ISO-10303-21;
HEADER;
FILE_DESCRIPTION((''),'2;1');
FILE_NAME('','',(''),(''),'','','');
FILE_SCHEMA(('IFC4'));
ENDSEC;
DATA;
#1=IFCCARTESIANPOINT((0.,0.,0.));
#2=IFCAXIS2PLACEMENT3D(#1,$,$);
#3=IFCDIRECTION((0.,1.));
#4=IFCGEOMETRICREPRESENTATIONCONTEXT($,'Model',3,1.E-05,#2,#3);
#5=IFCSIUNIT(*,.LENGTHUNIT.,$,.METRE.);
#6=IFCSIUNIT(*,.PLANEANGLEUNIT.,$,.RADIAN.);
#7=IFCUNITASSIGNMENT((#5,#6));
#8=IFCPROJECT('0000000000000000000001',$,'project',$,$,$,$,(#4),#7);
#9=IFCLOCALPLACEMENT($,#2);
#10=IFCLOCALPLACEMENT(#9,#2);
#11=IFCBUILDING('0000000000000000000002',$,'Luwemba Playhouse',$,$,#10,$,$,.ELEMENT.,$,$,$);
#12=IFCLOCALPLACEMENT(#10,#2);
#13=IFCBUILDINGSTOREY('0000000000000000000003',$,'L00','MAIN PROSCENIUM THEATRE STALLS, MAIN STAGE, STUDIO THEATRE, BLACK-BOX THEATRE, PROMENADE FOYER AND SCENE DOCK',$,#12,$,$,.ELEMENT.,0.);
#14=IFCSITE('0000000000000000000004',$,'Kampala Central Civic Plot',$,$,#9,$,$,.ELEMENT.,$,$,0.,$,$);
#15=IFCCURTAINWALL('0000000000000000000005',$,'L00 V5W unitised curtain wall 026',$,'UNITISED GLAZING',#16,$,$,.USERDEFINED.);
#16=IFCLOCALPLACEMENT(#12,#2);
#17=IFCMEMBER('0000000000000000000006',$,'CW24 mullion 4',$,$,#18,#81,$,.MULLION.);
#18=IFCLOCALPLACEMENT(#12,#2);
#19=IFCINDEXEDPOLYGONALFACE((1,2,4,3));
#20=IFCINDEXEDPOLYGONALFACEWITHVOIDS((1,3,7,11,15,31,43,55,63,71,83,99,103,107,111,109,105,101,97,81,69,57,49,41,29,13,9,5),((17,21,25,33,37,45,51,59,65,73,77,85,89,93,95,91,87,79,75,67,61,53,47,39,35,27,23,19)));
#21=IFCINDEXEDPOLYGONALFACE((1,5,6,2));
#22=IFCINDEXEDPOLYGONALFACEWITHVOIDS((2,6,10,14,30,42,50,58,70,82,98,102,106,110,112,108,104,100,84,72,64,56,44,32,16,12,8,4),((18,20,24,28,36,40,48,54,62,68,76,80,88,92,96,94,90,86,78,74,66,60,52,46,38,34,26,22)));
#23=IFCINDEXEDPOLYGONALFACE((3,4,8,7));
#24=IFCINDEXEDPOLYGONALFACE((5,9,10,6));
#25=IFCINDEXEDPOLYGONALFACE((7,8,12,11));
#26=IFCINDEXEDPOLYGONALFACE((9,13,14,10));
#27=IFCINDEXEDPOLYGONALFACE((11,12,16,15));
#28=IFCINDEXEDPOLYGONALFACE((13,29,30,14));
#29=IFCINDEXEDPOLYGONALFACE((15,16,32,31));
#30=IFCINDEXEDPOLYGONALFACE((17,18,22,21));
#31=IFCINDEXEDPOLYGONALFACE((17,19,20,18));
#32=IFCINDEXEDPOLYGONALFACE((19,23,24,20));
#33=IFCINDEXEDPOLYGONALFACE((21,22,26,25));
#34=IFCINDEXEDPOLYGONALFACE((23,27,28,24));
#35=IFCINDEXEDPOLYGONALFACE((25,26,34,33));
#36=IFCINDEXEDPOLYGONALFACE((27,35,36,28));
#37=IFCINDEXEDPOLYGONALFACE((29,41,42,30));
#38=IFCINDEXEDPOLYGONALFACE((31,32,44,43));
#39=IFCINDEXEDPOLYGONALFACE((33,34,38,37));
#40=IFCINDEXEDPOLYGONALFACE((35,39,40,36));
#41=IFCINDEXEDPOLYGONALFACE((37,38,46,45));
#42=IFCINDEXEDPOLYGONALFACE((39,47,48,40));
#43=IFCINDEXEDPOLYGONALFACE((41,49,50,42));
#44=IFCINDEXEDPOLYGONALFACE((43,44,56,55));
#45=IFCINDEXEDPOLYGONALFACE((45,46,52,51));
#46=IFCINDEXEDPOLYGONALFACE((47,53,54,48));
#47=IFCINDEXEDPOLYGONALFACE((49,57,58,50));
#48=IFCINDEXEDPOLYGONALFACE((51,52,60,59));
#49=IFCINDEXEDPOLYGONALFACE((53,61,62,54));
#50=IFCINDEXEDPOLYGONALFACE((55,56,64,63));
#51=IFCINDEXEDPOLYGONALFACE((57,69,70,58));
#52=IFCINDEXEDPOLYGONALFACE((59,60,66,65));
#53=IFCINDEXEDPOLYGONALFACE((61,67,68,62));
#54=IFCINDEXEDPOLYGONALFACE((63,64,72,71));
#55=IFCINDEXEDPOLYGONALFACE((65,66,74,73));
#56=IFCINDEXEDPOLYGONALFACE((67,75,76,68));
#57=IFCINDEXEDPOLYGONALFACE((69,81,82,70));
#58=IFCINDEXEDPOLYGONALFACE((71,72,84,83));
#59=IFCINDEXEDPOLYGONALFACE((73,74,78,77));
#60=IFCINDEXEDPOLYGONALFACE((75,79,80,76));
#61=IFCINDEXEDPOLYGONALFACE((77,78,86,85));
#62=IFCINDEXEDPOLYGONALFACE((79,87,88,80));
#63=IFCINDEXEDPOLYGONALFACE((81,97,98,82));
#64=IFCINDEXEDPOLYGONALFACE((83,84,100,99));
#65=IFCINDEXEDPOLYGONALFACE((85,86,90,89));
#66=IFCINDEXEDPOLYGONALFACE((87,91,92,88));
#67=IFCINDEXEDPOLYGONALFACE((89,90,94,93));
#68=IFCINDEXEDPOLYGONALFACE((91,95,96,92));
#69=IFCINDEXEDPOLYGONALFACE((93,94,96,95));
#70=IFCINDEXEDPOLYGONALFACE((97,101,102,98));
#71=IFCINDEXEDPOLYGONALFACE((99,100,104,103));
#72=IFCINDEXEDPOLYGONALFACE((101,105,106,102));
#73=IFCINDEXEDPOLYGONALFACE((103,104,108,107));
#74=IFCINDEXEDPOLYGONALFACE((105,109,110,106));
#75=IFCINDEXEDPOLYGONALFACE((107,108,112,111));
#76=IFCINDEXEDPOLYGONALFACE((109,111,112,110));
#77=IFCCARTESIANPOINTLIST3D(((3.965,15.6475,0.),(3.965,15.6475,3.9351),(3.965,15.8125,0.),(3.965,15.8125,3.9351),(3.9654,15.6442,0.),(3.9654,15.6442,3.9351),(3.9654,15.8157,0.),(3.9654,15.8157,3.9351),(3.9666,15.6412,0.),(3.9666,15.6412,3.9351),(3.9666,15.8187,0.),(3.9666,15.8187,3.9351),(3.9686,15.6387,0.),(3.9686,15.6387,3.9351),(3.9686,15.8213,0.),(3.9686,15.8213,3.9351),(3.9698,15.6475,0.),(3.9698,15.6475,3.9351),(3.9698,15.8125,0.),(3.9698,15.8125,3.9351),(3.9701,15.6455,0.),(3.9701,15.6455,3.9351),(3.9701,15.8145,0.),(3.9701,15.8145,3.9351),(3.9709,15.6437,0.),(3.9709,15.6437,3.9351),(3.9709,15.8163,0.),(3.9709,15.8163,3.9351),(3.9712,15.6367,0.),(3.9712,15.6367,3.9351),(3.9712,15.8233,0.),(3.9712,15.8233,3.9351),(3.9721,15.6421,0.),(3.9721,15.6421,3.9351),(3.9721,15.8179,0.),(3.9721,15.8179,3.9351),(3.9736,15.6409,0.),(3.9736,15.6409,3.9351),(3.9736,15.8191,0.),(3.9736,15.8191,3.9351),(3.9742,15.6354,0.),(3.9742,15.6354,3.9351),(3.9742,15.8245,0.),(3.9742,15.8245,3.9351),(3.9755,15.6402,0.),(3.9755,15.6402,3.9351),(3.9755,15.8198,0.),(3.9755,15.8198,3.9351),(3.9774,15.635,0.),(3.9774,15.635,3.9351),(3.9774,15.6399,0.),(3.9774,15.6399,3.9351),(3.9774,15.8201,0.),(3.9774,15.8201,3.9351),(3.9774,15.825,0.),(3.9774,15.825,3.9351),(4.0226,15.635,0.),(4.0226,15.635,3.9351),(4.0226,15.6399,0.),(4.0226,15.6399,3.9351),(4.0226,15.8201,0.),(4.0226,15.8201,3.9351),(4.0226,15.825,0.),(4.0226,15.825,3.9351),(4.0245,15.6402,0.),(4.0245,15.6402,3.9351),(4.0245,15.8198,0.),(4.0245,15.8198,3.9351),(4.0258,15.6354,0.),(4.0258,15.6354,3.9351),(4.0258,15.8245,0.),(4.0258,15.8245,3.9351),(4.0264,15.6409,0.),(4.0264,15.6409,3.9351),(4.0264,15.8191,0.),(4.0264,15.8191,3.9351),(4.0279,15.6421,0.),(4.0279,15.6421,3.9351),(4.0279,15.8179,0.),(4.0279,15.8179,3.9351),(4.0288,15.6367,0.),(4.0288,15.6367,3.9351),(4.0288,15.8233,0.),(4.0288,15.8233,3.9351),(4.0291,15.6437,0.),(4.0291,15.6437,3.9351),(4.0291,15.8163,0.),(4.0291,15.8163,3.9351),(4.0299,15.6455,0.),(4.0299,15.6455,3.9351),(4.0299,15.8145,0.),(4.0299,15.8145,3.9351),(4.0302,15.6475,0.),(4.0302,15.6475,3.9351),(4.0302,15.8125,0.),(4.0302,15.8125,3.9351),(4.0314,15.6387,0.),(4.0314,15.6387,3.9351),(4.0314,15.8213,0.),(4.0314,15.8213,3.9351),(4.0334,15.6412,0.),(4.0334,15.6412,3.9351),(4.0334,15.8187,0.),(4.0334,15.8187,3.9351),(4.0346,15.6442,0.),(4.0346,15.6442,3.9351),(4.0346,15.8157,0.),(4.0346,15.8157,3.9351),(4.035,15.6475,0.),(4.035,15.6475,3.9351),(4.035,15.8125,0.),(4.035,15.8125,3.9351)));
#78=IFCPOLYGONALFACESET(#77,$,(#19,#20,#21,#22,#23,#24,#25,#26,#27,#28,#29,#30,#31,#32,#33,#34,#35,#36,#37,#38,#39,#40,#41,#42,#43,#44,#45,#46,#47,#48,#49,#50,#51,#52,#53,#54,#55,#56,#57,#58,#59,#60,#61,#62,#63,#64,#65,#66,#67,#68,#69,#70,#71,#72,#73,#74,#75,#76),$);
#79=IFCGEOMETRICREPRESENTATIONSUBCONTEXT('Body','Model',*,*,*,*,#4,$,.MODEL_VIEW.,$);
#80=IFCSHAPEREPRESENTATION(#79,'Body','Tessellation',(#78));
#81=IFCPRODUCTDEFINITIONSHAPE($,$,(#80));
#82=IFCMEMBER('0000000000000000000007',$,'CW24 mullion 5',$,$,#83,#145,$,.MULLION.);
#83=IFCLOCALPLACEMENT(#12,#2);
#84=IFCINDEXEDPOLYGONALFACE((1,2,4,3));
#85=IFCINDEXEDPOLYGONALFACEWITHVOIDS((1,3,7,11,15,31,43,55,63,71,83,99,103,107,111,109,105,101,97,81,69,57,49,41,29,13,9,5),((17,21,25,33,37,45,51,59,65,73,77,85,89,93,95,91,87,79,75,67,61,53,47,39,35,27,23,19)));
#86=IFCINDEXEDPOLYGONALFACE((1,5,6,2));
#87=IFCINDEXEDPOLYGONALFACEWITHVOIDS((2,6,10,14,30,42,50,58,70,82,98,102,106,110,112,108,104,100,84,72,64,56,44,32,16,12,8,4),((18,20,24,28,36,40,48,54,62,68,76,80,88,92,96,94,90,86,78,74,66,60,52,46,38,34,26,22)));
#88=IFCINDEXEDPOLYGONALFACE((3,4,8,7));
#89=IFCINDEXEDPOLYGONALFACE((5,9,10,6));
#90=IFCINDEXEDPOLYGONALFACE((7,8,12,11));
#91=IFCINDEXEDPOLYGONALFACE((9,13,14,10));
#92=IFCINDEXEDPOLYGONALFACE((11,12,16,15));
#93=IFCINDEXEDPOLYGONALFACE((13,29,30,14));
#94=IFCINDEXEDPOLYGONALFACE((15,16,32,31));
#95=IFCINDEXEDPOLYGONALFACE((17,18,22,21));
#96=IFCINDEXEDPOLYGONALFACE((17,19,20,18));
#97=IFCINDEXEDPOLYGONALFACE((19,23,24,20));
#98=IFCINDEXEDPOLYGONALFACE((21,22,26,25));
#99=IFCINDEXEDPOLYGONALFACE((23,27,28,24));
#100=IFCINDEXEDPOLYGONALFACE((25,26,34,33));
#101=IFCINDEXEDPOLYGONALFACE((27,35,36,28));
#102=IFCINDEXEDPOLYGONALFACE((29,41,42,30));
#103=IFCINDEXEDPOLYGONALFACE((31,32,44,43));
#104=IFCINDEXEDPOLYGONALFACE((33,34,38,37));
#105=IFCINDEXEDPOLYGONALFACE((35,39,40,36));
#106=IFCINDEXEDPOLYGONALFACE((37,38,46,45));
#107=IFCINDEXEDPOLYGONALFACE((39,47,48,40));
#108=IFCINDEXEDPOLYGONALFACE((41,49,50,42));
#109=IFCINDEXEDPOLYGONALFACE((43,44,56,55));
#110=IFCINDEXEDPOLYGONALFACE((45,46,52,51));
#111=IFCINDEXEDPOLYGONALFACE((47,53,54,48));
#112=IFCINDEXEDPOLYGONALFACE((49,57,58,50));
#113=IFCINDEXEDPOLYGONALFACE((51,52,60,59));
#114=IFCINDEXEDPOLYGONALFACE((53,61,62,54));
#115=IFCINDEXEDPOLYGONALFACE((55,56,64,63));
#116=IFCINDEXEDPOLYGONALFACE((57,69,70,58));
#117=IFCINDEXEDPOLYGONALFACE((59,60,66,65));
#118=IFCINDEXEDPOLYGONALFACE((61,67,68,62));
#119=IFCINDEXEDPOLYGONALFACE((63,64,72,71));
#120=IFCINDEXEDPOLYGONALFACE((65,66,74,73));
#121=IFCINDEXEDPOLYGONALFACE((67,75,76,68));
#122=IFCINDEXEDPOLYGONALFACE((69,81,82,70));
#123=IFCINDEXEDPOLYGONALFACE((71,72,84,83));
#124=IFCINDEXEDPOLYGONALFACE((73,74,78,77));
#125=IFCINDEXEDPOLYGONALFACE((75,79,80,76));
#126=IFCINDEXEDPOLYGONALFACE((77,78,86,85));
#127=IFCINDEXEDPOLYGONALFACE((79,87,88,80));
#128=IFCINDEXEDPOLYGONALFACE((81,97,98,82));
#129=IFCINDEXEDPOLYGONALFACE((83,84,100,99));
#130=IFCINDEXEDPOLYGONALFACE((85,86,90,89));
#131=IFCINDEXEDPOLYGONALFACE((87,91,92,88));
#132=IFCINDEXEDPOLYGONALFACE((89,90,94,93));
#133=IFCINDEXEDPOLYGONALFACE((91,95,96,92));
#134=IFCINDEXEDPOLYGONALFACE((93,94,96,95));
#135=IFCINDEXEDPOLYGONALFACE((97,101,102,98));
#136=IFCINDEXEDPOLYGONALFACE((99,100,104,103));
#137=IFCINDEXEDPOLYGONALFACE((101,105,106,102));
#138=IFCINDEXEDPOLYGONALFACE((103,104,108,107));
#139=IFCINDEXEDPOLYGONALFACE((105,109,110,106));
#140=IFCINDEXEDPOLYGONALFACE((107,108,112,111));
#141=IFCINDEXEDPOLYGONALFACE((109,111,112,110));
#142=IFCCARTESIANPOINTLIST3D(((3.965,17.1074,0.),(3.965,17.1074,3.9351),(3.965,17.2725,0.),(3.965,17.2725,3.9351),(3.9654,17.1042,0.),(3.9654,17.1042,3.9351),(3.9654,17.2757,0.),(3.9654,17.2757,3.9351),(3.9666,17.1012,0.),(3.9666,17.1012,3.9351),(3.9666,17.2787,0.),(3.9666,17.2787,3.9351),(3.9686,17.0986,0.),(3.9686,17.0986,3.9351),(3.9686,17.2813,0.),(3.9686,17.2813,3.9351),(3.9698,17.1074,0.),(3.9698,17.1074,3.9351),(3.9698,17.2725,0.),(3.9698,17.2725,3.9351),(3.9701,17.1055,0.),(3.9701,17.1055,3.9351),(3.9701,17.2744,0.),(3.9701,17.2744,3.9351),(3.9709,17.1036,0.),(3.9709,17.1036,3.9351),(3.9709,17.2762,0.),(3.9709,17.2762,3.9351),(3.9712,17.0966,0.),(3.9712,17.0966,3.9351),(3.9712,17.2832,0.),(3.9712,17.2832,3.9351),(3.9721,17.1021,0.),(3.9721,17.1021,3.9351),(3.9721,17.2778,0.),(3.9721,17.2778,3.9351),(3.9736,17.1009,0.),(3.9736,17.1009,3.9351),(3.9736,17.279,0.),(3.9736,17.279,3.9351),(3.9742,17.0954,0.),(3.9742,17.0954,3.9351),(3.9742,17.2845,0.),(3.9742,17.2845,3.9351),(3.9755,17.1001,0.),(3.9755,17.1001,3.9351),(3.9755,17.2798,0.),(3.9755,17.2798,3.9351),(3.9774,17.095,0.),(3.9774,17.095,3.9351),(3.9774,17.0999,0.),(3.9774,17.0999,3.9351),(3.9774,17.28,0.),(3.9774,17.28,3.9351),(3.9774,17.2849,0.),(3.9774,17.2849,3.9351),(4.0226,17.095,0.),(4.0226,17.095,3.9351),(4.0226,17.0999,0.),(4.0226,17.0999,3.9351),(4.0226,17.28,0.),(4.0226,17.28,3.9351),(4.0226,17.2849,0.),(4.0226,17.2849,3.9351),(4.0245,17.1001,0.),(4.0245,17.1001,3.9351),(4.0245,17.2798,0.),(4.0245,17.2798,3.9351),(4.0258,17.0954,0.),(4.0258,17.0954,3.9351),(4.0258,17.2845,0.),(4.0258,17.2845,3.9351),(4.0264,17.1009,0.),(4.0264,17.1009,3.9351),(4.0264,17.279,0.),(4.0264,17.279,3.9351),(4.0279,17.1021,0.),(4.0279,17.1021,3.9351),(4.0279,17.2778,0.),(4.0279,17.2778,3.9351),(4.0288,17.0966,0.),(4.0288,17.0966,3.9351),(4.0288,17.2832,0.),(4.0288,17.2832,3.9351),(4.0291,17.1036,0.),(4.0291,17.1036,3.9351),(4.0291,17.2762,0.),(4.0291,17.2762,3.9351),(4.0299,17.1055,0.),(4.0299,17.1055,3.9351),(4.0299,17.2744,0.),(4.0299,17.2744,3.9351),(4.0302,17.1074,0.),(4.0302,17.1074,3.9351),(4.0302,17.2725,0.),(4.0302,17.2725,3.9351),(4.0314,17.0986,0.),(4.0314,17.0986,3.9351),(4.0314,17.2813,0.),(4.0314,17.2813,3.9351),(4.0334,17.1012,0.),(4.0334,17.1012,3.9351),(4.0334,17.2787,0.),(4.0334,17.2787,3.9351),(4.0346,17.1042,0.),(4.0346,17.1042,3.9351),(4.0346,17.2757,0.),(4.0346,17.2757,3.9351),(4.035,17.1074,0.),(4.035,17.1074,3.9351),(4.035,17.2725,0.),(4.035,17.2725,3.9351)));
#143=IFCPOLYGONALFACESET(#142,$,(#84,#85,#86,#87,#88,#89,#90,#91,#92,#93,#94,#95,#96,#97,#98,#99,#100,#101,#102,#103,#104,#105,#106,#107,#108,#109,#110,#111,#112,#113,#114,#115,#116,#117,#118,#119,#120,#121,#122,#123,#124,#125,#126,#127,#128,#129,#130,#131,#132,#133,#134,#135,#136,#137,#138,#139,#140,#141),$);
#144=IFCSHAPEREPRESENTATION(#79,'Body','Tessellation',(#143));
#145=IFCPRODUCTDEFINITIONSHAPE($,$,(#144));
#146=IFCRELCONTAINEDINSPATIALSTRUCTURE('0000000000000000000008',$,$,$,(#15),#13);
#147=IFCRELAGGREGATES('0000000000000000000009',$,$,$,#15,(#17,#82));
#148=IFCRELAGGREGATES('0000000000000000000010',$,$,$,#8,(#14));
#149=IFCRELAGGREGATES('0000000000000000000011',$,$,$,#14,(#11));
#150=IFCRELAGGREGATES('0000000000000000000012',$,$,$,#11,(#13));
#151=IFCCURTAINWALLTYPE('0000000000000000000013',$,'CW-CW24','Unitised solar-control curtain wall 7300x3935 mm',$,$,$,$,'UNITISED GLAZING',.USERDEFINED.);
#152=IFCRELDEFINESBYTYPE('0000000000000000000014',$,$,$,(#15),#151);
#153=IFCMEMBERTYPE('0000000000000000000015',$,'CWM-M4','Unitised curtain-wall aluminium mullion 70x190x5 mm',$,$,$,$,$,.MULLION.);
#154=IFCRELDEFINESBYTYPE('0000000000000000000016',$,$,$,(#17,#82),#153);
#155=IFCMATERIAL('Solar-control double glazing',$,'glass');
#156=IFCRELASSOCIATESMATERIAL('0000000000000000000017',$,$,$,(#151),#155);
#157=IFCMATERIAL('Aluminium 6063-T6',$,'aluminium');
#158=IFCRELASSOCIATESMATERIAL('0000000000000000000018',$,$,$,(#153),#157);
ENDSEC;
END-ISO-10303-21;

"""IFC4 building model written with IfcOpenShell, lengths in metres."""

from ifc_helpers import new_model, si_unit, direction, frame, origin, origin_2d, place, context, subcontext, project, spatial, hollow_rectangle, extrude, material, material_profile, profile_set, type_object, element, aggregate, save


model = new_model("IFC4")

# Units and contexts
model_context = context("Model", 3, precision=1e-05, world=origin(), true_north=direction((0.0, 1.0)))
body_context = subcontext(model_context, "Body", "Model", "MODEL_VIEW")
ifc_project = project(units=[si_unit("LENGTHUNIT", "METRE"), si_unit("PLANEANGLEUNIT", "RADIAN")], contexts=[model_context])

# Site, building, storey
site_placement = place(None, origin())
site = spatial("IfcSite", under=ifc_project, at=site_placement, Name="Kampala Central Civic Plot", CompositionType="ELEMENT", RefElevation=0.0)
building_placement = place(site_placement, origin())
building = spatial("IfcBuilding", under=site, at=building_placement, Name="Luwemba Playhouse", CompositionType="ELEMENT")
storey_placement = place(building_placement, origin())
storey = spatial("IfcBuildingStorey", under=building, at=storey_placement, Name="L00", Description="MAIN PROSCENIUM THEATRE STALLS, MAIN STAGE, STUDIO THEATRE, BLACK-BOX THEATRE, PROMENADE FOYER AND SCENE DOCK", CompositionType="ELEMENT", Elevation=0.0)

# Curtain wall, members
ifc_material_1 = material(Name="Solar-control double glazing", Category="glass")
curtain_wall_type = type_object("IfcCurtainWallType", Name="CW-CW24", Description="Unitised solar-control curtain wall 7300x3935 mm", ElementType="UNITISED GLAZING", PredefinedType="USERDEFINED", material=ifc_material_1)
curtain_wall_placement = place(storey_placement, origin())
curtain_wall = element("IfcCurtainWall", 1, at=curtain_wall_placement, inside=storey, type_object=curtain_wall_type, Name="L00 V5W unitised curtain wall 026", ObjectType="UNITISED GLAZING", PredefinedType="USERDEFINED")
ifc_material_2 = material(Name="Aluminium 6063-T6", Category="aluminium")
ifc_material_profile_1 = material_profile(ifc_material_2, hollow_rectangle(XDim=0.0701, YDim=0.1899, WallThickness=0.0049, InnerFilletRadius=0.0076, OuterFilletRadius=0.0125, at=origin_2d()))
ifc_profile_set_1 = profile_set([ifc_material_profile_1], Name="Aluminium 6063-T6")
member_type_1 = type_object("IfcMemberType", Name="CWM-M4", Description="Unitised curtain-wall aluminium mullion 70x190x5 mm", PredefinedType="MULLION", material=ifc_profile_set_1)
member_1_placement = place(storey_placement, frame((4.0, 15.73, 0.0), z_axis=(0.0, 0.0, 1.0), x_axis=(-1.0, 0.0, 0.0)))
member_1 = element("IfcMember", 2, at=member_1_placement, type_object=member_type_1, Name="CW24 mullion 4", PredefinedType="MULLION", context=body_context, shape_type="SweptSolid", body=[
    extrude(hollow_rectangle(XDim=0.0701, YDim=0.1899, WallThickness=0.0049, InnerFilletRadius=0.0076, OuterFilletRadius=0.0125, at=origin_2d()), origin(), (0.0, 0.0, 1.0), 3.9351),
])
member_2_placement = place(storey_placement, frame((4.0, 17.1899, 0.0), z_axis=(0.0, 0.0, 1.0), x_axis=(-1.0, 0.0, 0.0)))
member_2 = element("IfcMember", 3, at=member_2_placement, type_object=member_type_1, Name="CW24 mullion 5", PredefinedType="MULLION", context=body_context, shape_type="SweptSolid", body=[
    extrude(hollow_rectangle(XDim=0.0701, YDim=0.1899, WallThickness=0.0049, InnerFilletRadius=0.0076, OuterFilletRadius=0.0125, at=origin_2d()), origin(), (0.0, 0.0, 1.0), 3.9351),
])
aggregate(curtain_wall, [member_1, member_2])

save(model, "model.ifc")
